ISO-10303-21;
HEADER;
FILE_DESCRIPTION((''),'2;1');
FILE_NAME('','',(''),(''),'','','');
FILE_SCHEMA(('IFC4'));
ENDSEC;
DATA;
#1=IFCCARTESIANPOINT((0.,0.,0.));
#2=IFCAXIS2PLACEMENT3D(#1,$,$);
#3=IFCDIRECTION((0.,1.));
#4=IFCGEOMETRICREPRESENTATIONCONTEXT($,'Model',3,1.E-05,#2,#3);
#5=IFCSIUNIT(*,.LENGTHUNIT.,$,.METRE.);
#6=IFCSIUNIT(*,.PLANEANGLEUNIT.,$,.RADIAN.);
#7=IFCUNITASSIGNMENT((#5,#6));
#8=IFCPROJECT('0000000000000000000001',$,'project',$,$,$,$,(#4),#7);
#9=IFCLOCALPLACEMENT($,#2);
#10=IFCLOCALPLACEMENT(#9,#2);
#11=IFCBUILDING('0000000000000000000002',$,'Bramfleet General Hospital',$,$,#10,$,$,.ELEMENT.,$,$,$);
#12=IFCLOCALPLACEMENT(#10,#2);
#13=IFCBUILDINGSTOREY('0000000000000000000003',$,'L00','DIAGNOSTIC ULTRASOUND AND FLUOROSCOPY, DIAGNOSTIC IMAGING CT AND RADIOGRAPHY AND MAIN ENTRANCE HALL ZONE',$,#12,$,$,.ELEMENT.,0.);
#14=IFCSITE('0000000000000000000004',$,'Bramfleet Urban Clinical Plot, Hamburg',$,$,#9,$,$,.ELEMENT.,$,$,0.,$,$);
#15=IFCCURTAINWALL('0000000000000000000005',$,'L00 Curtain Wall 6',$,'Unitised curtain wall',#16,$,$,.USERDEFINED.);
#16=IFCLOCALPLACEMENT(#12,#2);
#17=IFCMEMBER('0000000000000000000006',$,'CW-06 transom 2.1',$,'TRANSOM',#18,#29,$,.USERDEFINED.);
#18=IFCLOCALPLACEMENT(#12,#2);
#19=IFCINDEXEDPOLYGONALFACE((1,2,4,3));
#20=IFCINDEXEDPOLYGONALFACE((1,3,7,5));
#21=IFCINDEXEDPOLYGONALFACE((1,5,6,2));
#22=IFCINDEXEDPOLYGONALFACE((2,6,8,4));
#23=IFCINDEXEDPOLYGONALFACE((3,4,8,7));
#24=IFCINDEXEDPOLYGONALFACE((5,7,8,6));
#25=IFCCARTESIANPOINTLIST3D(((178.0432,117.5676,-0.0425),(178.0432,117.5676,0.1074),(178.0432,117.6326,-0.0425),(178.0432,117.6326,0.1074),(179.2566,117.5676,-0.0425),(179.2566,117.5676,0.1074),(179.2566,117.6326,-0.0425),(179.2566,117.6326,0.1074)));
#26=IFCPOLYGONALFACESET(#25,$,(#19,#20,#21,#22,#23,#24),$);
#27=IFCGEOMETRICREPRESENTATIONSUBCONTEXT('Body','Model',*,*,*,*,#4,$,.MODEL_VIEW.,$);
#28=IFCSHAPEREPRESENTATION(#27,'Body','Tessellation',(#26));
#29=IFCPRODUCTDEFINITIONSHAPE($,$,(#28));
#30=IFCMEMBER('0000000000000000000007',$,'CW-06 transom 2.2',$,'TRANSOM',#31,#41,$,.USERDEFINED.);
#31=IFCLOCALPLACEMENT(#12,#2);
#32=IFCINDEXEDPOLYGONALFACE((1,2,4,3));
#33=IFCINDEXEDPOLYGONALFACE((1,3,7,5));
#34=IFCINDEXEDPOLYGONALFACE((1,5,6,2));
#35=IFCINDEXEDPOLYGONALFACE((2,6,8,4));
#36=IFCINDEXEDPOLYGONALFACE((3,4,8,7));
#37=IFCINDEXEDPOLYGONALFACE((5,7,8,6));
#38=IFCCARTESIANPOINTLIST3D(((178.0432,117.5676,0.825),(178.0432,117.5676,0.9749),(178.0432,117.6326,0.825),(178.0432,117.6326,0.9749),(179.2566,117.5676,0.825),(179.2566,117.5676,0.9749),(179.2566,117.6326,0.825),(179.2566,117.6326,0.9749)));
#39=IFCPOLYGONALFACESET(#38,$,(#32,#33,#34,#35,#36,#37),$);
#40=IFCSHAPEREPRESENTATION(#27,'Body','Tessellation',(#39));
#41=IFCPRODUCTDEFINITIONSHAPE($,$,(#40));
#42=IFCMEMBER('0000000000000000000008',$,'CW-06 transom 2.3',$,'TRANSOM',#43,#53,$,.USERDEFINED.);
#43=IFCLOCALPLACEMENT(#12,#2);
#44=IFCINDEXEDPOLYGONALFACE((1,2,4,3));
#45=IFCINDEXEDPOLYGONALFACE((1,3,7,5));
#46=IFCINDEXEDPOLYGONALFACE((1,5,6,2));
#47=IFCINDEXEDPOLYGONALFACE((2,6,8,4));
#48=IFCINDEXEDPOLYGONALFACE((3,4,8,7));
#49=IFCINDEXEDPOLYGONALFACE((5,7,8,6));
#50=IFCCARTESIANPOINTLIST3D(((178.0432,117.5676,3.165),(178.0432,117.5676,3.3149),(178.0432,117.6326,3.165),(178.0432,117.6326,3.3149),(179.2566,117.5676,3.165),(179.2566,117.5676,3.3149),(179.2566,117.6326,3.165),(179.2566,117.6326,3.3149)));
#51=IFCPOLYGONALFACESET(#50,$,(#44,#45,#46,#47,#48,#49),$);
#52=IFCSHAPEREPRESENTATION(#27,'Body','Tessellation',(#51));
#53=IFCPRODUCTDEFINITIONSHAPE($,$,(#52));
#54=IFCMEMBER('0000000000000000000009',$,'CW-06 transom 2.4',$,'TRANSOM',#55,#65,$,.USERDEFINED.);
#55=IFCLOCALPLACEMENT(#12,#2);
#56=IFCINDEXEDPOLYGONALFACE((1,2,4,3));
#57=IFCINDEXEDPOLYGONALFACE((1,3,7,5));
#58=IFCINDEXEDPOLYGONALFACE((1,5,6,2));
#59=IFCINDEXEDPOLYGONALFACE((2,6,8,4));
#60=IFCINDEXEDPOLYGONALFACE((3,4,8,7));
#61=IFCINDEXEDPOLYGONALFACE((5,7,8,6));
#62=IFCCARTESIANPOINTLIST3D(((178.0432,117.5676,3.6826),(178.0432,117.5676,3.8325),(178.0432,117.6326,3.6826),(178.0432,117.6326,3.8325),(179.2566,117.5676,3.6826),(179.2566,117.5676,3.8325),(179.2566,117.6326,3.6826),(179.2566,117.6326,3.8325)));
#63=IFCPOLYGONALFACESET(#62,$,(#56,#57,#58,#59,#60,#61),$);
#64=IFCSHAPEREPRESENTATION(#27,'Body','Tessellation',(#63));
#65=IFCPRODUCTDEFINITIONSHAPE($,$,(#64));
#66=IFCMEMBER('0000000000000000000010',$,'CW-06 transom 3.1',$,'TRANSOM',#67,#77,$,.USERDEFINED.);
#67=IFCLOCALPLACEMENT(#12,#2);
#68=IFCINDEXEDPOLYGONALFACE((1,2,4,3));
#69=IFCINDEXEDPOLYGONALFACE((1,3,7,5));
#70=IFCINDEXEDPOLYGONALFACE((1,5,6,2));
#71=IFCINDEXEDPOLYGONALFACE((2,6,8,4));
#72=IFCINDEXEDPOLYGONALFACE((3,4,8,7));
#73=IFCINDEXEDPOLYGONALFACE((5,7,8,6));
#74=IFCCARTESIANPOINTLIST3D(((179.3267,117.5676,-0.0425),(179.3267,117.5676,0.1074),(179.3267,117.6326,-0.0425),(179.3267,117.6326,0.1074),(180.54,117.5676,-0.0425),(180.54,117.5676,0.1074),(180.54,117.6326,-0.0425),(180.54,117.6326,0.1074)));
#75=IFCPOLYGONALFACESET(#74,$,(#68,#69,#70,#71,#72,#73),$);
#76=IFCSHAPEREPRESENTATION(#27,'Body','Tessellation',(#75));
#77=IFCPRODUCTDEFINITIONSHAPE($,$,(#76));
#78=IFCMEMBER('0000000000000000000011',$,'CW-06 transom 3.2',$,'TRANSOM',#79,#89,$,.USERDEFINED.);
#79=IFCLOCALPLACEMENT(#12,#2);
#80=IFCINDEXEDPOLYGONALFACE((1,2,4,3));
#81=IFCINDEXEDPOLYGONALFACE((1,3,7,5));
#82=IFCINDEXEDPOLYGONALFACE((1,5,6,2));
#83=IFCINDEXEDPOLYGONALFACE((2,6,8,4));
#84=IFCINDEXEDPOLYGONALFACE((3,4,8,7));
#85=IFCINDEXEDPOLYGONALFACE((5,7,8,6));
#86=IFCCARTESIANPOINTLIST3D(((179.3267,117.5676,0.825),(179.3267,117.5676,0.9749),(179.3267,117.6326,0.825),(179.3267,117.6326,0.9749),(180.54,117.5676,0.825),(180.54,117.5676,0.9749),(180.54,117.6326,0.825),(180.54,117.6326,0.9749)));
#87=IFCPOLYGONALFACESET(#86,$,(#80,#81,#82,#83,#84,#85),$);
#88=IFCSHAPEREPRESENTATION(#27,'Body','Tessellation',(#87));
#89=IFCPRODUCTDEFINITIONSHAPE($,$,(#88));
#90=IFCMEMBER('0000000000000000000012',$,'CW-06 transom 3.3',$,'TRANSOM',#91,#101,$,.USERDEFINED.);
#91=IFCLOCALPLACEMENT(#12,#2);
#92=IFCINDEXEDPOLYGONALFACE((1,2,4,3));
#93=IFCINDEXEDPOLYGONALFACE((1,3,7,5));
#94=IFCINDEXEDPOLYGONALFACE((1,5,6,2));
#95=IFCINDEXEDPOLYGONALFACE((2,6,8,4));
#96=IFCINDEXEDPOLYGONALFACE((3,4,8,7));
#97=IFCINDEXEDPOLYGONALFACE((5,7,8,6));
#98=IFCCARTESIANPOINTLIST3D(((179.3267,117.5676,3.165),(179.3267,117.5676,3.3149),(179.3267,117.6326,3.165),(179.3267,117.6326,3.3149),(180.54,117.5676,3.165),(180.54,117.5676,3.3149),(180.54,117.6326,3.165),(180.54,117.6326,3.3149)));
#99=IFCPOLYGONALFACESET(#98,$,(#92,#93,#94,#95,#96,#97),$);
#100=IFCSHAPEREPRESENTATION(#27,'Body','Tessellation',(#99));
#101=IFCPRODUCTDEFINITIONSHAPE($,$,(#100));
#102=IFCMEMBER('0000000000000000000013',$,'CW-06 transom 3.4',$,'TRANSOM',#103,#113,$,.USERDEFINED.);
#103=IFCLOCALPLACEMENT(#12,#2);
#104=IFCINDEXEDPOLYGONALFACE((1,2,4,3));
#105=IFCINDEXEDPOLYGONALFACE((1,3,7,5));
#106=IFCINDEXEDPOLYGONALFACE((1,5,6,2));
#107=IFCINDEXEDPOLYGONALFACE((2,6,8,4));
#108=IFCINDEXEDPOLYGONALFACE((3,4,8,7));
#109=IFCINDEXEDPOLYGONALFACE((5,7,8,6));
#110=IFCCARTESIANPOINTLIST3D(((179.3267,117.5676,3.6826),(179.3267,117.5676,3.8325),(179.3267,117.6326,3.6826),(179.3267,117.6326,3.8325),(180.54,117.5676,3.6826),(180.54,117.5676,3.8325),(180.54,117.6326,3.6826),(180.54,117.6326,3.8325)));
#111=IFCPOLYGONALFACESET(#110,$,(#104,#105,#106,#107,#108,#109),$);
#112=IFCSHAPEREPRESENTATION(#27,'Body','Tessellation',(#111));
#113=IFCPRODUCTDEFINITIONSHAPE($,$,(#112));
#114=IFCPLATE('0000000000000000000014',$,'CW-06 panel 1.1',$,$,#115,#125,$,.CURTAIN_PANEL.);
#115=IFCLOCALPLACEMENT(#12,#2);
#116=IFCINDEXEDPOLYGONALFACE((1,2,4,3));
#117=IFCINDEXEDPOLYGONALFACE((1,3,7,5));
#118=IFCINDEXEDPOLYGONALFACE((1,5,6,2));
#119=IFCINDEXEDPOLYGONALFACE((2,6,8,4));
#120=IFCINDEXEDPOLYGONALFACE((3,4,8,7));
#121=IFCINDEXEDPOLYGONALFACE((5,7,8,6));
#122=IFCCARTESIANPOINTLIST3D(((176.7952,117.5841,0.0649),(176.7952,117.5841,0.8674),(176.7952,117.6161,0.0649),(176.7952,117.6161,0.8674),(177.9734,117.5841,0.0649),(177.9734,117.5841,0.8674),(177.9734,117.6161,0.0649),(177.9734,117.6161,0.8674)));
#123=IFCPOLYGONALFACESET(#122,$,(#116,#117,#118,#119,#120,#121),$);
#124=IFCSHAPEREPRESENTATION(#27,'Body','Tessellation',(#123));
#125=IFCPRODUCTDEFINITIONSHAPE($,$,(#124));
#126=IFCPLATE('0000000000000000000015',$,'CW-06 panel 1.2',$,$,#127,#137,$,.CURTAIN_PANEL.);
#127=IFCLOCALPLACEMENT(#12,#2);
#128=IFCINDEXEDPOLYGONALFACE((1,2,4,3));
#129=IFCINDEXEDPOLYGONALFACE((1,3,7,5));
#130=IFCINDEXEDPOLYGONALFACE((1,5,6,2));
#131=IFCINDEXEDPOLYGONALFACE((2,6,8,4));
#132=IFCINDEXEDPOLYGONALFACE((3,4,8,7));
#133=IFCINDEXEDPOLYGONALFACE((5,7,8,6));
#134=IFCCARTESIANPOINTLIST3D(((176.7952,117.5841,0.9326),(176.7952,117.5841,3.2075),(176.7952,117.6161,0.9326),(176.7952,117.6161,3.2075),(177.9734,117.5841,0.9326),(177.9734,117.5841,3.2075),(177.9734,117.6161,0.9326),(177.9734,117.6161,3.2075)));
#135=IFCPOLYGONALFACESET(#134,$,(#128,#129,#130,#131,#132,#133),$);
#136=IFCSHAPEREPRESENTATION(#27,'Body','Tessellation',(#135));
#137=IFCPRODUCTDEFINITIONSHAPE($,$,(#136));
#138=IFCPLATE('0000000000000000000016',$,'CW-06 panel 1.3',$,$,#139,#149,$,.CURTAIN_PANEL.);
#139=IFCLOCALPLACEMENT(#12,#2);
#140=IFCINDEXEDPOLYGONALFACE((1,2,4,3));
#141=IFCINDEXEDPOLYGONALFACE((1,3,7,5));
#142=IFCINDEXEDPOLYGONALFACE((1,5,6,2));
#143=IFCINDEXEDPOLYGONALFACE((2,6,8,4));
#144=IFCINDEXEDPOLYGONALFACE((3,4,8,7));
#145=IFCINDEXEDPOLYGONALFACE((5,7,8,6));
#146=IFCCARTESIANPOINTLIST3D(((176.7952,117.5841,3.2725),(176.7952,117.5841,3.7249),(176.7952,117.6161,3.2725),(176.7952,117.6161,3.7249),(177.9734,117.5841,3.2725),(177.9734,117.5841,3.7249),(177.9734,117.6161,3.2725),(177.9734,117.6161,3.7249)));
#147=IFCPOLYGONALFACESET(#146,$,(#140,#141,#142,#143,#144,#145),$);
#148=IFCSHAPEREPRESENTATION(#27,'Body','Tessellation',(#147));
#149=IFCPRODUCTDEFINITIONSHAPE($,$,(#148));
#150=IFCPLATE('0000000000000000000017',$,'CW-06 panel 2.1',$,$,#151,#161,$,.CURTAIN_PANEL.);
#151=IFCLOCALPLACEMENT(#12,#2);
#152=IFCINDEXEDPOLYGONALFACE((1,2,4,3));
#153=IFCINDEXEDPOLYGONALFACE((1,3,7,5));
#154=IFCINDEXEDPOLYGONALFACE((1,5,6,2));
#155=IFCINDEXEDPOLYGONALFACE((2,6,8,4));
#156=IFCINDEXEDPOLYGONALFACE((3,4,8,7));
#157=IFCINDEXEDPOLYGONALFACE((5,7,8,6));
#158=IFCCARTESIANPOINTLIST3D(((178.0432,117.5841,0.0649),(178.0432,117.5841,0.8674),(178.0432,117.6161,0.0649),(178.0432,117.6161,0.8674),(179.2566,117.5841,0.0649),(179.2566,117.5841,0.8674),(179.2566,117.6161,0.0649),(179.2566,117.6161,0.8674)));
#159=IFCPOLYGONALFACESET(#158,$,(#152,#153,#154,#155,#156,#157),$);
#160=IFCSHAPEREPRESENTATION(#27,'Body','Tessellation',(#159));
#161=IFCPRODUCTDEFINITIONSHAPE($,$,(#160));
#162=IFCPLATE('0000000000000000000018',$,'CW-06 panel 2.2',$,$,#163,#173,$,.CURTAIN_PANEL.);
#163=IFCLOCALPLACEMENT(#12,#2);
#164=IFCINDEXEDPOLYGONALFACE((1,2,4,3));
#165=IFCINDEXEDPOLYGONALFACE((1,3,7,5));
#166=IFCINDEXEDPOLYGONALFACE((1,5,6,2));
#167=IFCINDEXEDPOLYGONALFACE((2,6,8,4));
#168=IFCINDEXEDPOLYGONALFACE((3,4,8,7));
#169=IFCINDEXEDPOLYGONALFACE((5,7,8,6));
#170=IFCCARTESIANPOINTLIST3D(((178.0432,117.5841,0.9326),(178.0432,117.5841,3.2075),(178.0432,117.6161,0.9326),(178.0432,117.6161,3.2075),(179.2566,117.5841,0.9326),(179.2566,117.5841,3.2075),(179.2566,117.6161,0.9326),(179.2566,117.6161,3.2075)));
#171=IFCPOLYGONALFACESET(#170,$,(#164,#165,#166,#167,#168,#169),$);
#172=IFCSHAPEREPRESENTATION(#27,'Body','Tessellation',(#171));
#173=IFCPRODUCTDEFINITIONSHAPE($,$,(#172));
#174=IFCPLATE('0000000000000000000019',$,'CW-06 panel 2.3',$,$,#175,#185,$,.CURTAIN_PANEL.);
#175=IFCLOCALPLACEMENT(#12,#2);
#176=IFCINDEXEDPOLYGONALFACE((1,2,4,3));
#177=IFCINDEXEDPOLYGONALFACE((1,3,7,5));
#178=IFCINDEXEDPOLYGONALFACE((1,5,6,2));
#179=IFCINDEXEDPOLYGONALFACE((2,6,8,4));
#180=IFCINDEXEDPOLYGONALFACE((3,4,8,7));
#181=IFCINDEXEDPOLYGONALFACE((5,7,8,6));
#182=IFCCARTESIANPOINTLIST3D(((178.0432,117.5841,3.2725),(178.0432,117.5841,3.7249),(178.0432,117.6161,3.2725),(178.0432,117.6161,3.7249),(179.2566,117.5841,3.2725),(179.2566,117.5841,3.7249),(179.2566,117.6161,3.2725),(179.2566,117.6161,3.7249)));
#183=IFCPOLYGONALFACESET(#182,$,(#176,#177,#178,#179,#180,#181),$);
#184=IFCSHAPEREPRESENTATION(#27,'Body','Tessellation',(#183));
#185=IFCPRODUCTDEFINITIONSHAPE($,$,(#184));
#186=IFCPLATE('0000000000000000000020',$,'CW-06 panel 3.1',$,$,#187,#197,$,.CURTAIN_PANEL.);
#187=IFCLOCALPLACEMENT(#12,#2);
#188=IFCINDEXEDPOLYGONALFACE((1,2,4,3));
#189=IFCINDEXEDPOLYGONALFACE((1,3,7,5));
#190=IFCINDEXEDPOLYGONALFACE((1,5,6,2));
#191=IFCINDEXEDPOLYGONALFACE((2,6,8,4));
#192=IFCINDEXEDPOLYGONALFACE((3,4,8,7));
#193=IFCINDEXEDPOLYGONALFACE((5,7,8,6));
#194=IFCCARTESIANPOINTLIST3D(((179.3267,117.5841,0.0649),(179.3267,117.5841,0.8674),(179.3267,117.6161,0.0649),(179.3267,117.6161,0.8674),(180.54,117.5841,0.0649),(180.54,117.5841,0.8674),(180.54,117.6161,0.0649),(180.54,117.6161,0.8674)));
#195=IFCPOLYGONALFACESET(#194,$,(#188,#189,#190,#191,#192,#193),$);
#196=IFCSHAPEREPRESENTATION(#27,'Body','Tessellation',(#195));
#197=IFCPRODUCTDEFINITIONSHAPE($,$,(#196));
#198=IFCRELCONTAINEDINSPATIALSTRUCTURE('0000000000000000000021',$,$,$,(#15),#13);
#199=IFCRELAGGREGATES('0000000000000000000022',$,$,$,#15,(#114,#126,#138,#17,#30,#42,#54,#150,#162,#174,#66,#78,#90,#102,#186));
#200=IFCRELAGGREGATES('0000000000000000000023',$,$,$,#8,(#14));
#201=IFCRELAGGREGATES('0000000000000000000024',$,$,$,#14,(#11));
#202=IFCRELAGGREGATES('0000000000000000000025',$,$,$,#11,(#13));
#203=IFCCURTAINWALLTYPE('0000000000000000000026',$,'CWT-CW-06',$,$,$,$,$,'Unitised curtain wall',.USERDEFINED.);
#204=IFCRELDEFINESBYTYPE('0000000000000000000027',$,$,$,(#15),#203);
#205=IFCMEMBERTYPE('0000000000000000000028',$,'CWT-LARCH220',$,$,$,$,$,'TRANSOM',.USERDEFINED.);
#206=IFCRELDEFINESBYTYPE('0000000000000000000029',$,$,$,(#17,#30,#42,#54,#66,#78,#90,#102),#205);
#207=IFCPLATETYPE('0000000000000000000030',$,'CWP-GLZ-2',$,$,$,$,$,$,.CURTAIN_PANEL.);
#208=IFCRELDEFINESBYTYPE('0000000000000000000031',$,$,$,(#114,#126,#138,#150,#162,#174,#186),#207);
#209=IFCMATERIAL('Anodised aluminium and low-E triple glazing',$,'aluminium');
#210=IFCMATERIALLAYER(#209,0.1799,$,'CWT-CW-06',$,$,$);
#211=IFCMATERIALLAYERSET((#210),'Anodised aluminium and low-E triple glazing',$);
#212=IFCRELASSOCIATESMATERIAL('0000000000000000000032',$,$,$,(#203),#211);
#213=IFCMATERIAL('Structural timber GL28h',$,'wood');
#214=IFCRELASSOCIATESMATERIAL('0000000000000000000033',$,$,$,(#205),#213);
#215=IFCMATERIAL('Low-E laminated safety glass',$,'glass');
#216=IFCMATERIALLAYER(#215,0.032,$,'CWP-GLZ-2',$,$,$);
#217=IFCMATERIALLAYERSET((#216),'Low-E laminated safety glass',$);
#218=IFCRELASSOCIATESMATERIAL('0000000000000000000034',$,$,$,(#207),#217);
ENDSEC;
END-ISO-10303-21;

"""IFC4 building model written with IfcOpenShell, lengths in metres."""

from ifc_helpers import new_model, si_unit, direction, frame, origin, origin_2d, place, context, subcontext, project, spatial, rectangle, extrude, material, layer, layer_set, material_profile, profile_set, type_object, element, aggregate, save


model = new_model("IFC4")

# Units and contexts
model_context = context("Model", 3, precision=1e-05, world=origin(), true_north=direction((0.0, 1.0)))
body_context = subcontext(model_context, "Body", "Model", "MODEL_VIEW")
ifc_project = project(units=[si_unit("LENGTHUNIT", "METRE"), si_unit("PLANEANGLEUNIT", "RADIAN")], contexts=[model_context])

# Site, building, storey
site_placement = place(None, origin())
site = spatial("IfcSite", under=ifc_project, at=site_placement, Name="Bramfleet Urban Clinical Plot, Hamburg", CompositionType="ELEMENT", RefElevation=0.0)
building_placement = place(site_placement, origin())
building = spatial("IfcBuilding", under=site, at=building_placement, Name="Bramfleet General Hospital", CompositionType="ELEMENT")
storey_placement = place(building_placement, origin())
storey = spatial("IfcBuildingStorey", under=building, at=storey_placement, Name="L00", Description="DIAGNOSTIC ULTRASOUND AND FLUOROSCOPY, DIAGNOSTIC IMAGING CT AND RADIOGRAPHY AND MAIN ENTRANCE HALL ZONE", CompositionType="ELEMENT", Elevation=0.0)

# Curtain wall, members, plates
ifc_material_1 = material(Name="Anodised aluminium and low-E triple glazing", Category="aluminium")
ifc_layer_1 = layer(ifc_material_1, 0.1799, Name="CWT-CW-06")
ifc_layer_set_1 = layer_set([ifc_layer_1], Name="Anodised aluminium and low-E triple glazing")
curtain_wall_type = type_object("IfcCurtainWallType", Name="CWT-CW-06", ElementType="Unitised curtain wall", PredefinedType="USERDEFINED", material=ifc_layer_set_1)
curtain_wall_placement = place(storey_placement, origin())
curtain_wall = element("IfcCurtainWall", 1, at=curtain_wall_placement, inside=storey, type_object=curtain_wall_type, Name="L00 Curtain Wall 6", ObjectType="Unitised curtain wall", PredefinedType="USERDEFINED")
ifc_material_2 = material(Name="Structural timber GL28h", Category="wood")
ifc_material_profile_1 = material_profile(ifc_material_2, rectangle(XDim=0.0649, YDim=0.1499, at=origin_2d()), Name="LARCH 150x65")
ifc_profile_set_1 = profile_set([ifc_material_profile_1], Name="Structural timber GL28h")
member_type_1 = type_object("IfcMemberType", Name="CWT-LARCH220", ElementType="TRANSOM", PredefinedType="USERDEFINED", material=ifc_profile_set_1)
member_1_placement = place(storey_placement, frame((178.0432, 117.6001, 0.0325), z_axis=(1.0, 0.0, 0.0), x_axis=(0.0, 1.0, 0.0)))
member_1 = element("IfcMember", 2, at=member_1_placement, type_object=member_type_1, Name="CW-06 transom 2.1", ObjectType="TRANSOM", PredefinedType="USERDEFINED", context=body_context, shape_type="SweptSolid", body=[
    extrude(rectangle(XDim=0.0649, YDim=0.1499, at=origin_2d()), origin(), (0.0, 0.0, 1.0), 1.2134),
])
member_2_placement = place(storey_placement, frame((178.0432, 117.6001, 0.8999), z_axis=(1.0, 0.0, 0.0), x_axis=(0.0, 1.0, 0.0)))
member_2 = element("IfcMember", 3, at=member_2_placement, type_object=member_type_1, Name="CW-06 transom 2.2", ObjectType="TRANSOM", PredefinedType="USERDEFINED", context=body_context, shape_type="SweptSolid", body=[
    extrude(rectangle(XDim=0.0649, YDim=0.1499, at=origin_2d()), origin(), (0.0, 0.0, 1.0), 1.2134),
])
member_3_placement = place(storey_placement, frame((178.0432, 117.6001, 3.24), z_axis=(1.0, 0.0, 0.0), x_axis=(0.0, 1.0, 0.0)))
member_3 = element("IfcMember", 4, at=member_3_placement, type_object=member_type_1, Name="CW-06 transom 2.3", ObjectType="TRANSOM", PredefinedType="USERDEFINED", context=body_context, shape_type="SweptSolid", body=[
    extrude(rectangle(XDim=0.0649, YDim=0.1499, at=origin_2d()), origin(), (0.0, 0.0, 1.0), 1.2134),
])
member_4_placement = place(storey_placement, frame((178.0432, 117.6001, 3.7576), z_axis=(1.0, 0.0, 0.0), x_axis=(0.0, 1.0, 0.0)))
member_4 = element("IfcMember", 5, at=member_4_placement, type_object=member_type_1, Name="CW-06 transom 2.4", ObjectType="TRANSOM", PredefinedType="USERDEFINED", context=body_context, shape_type="SweptSolid", body=[
    extrude(rectangle(XDim=0.0649, YDim=0.1499, at=origin_2d()), origin(), (0.0, 0.0, 1.0), 1.2134),
])
member_5_placement = place(storey_placement, frame((179.3267, 117.6001, 0.0325), z_axis=(1.0, 0.0, 0.0), x_axis=(0.0, 1.0, 0.0)))
member_5 = element("IfcMember", 6, at=member_5_placement, type_object=member_type_1, Name="CW-06 transom 3.1", ObjectType="TRANSOM", PredefinedType="USERDEFINED", context=body_context, shape_type="SweptSolid", body=[
    extrude(rectangle(XDim=0.0649, YDim=0.1499, at=origin_2d()), origin(), (0.0, 0.0, 1.0), 1.2134),
])
member_6_placement = place(storey_placement, frame((179.3267, 117.6001, 0.8999), z_axis=(1.0, 0.0, 0.0), x_axis=(0.0, 1.0, 0.0)))
member_6 = element("IfcMember", 7, at=member_6_placement, type_object=member_type_1, Name="CW-06 transom 3.2", ObjectType="TRANSOM", PredefinedType="USERDEFINED", context=body_context, shape_type="SweptSolid", body=[
    extrude(rectangle(XDim=0.0649, YDim=0.1499, at=origin_2d()), origin(), (0.0, 0.0, 1.0), 1.2134),
])
member_7_placement = place(storey_placement, frame((179.3267, 117.6001, 3.24), z_axis=(1.0, 0.0, 0.0), x_axis=(0.0, 1.0, 0.0)))
member_7 = element("IfcMember", 8, at=member_7_placement, type_object=member_type_1, Name="CW-06 transom 3.3", ObjectType="TRANSOM", PredefinedType="USERDEFINED", context=body_context, shape_type="SweptSolid", body=[
    extrude(rectangle(XDim=0.0649, YDim=0.1499, at=origin_2d()), origin(), (0.0, 0.0, 1.0), 1.2134),
])
member_8_placement = place(storey_placement, frame((179.3267, 117.6001, 3.7576), z_axis=(1.0, 0.0, 0.0), x_axis=(0.0, 1.0, 0.0)))
member_8 = element("IfcMember", 9, at=member_8_placement, type_object=member_type_1, Name="CW-06 transom 3.4", ObjectType="TRANSOM", PredefinedType="USERDEFINED", context=body_context, shape_type="SweptSolid", body=[
    extrude(rectangle(XDim=0.0649, YDim=0.1499, at=origin_2d()), origin(), (0.0, 0.0, 1.0), 1.2134),
])
ifc_material_3 = material(Name="Low-E laminated safety glass", Category="glass")
ifc_layer_2 = layer(ifc_material_3, 0.032, Name="CWP-GLZ-2")
ifc_layer_set_2 = layer_set([ifc_layer_2], Name="Low-E laminated safety glass")
plate_type = type_object("IfcPlateType", Name="CWP-GLZ-2", PredefinedType="CURTAIN_PANEL", material=ifc_layer_set_2)
plate_1_placement = place(storey_placement, frame((177.3843, 117.6001, 0.0649), z_axis=(0.0, 0.0, 1.0), x_axis=(1.0, 0.0, 0.0)))
plate_1 = element("IfcPlate", 10, at=plate_1_placement, type_object=plate_type, Name="CW-06 panel 1.1", PredefinedType="CURTAIN_PANEL", context=body_context, shape_type="SweptSolid", body=[
    extrude(rectangle(XDim=1.1782, YDim=0.032, at=origin_2d()), origin(), (0.0, 0.0, 1.0), 0.8025),
])
plate_2_placement = place(storey_placement, frame((177.3843, 117.6001, 0.9326), z_axis=(0.0, 0.0, 1.0), x_axis=(1.0, 0.0, 0.0)))
plate_2 = element("IfcPlate", 11, at=plate_2_placement, type_object=plate_type, Name="CW-06 panel 1.2", PredefinedType="CURTAIN_PANEL", context=body_context, shape_type="SweptSolid", body=[
    extrude(rectangle(XDim=1.1782, YDim=0.032, at=origin_2d()), origin(), (0.0, 0.0, 1.0), 2.2749),
])
plate_3_placement = place(storey_placement, frame((177.3843, 117.6001, 3.2725), z_axis=(0.0, 0.0, 1.0), x_axis=(1.0, 0.0, 0.0)))
plate_3 = element("IfcPlate", 12, at=plate_3_placement, type_object=plate_type, Name="CW-06 panel 1.3", PredefinedType="CURTAIN_PANEL", context=body_context, shape_type="SweptSolid", body=[
    extrude(rectangle(XDim=1.1782, YDim=0.032, at=origin_2d()), origin(), (0.0, 0.0, 1.0), 0.4524),
])
plate_4_placement = place(storey_placement, frame((178.6499, 117.6001, 0.0649), z_axis=(0.0, 0.0, 1.0), x_axis=(1.0, 0.0, 0.0)))
plate_4 = element("IfcPlate", 13, at=plate_4_placement, type_object=plate_type, Name="CW-06 panel 2.1", PredefinedType="CURTAIN_PANEL", context=body_context, shape_type="SweptSolid", body=[
    extrude(rectangle(XDim=1.2134, YDim=0.032, at=origin_2d()), origin(), (0.0, 0.0, 1.0), 0.8025),
])
plate_5_placement = place(storey_placement, frame((178.6499, 117.6001, 0.9326), z_axis=(0.0, 0.0, 1.0), x_axis=(1.0, 0.0, 0.0)))
plate_5 = element("IfcPlate", 14, at=plate_5_placement, type_object=plate_type, Name="CW-06 panel 2.2", PredefinedType="CURTAIN_PANEL", context=body_context, shape_type="SweptSolid", body=[
    extrude(rectangle(XDim=1.2134, YDim=0.032, at=origin_2d()), origin(), (0.0, 0.0, 1.0), 2.2749),
])
plate_6_placement = place(storey_placement, frame((178.6499, 117.6001, 3.2725), z_axis=(0.0, 0.0, 1.0), x_axis=(1.0, 0.0, 0.0)))
plate_6 = element("IfcPlate", 15, at=plate_6_placement, type_object=plate_type, Name="CW-06 panel 2.3", PredefinedType="CURTAIN_PANEL", context=body_context, shape_type="SweptSolid", body=[
    extrude(rectangle(XDim=1.2134, YDim=0.032, at=origin_2d()), origin(), (0.0, 0.0, 1.0), 0.4524),
])
plate_7_placement = place(storey_placement, frame((179.9333, 117.6001, 0.0649), z_axis=(0.0, 0.0, 1.0), x_axis=(1.0, 0.0, 0.0)))
plate_7 = element("IfcPlate", 16, at=plate_7_placement, type_object=plate_type, Name="CW-06 panel 3.1", PredefinedType="CURTAIN_PANEL", context=body_context, shape_type="SweptSolid", body=[
    extrude(rectangle(XDim=1.2134, YDim=0.032, at=origin_2d()), origin(), (0.0, 0.0, 1.0), 0.8025),
])
aggregate(curtain_wall, [plate_1, plate_2, plate_3, member_1, member_2, member_3, member_4, plate_4, plate_5, plate_6, member_5, member_6, member_7, member_8, plate_7])

save(model, "model.ifc")
